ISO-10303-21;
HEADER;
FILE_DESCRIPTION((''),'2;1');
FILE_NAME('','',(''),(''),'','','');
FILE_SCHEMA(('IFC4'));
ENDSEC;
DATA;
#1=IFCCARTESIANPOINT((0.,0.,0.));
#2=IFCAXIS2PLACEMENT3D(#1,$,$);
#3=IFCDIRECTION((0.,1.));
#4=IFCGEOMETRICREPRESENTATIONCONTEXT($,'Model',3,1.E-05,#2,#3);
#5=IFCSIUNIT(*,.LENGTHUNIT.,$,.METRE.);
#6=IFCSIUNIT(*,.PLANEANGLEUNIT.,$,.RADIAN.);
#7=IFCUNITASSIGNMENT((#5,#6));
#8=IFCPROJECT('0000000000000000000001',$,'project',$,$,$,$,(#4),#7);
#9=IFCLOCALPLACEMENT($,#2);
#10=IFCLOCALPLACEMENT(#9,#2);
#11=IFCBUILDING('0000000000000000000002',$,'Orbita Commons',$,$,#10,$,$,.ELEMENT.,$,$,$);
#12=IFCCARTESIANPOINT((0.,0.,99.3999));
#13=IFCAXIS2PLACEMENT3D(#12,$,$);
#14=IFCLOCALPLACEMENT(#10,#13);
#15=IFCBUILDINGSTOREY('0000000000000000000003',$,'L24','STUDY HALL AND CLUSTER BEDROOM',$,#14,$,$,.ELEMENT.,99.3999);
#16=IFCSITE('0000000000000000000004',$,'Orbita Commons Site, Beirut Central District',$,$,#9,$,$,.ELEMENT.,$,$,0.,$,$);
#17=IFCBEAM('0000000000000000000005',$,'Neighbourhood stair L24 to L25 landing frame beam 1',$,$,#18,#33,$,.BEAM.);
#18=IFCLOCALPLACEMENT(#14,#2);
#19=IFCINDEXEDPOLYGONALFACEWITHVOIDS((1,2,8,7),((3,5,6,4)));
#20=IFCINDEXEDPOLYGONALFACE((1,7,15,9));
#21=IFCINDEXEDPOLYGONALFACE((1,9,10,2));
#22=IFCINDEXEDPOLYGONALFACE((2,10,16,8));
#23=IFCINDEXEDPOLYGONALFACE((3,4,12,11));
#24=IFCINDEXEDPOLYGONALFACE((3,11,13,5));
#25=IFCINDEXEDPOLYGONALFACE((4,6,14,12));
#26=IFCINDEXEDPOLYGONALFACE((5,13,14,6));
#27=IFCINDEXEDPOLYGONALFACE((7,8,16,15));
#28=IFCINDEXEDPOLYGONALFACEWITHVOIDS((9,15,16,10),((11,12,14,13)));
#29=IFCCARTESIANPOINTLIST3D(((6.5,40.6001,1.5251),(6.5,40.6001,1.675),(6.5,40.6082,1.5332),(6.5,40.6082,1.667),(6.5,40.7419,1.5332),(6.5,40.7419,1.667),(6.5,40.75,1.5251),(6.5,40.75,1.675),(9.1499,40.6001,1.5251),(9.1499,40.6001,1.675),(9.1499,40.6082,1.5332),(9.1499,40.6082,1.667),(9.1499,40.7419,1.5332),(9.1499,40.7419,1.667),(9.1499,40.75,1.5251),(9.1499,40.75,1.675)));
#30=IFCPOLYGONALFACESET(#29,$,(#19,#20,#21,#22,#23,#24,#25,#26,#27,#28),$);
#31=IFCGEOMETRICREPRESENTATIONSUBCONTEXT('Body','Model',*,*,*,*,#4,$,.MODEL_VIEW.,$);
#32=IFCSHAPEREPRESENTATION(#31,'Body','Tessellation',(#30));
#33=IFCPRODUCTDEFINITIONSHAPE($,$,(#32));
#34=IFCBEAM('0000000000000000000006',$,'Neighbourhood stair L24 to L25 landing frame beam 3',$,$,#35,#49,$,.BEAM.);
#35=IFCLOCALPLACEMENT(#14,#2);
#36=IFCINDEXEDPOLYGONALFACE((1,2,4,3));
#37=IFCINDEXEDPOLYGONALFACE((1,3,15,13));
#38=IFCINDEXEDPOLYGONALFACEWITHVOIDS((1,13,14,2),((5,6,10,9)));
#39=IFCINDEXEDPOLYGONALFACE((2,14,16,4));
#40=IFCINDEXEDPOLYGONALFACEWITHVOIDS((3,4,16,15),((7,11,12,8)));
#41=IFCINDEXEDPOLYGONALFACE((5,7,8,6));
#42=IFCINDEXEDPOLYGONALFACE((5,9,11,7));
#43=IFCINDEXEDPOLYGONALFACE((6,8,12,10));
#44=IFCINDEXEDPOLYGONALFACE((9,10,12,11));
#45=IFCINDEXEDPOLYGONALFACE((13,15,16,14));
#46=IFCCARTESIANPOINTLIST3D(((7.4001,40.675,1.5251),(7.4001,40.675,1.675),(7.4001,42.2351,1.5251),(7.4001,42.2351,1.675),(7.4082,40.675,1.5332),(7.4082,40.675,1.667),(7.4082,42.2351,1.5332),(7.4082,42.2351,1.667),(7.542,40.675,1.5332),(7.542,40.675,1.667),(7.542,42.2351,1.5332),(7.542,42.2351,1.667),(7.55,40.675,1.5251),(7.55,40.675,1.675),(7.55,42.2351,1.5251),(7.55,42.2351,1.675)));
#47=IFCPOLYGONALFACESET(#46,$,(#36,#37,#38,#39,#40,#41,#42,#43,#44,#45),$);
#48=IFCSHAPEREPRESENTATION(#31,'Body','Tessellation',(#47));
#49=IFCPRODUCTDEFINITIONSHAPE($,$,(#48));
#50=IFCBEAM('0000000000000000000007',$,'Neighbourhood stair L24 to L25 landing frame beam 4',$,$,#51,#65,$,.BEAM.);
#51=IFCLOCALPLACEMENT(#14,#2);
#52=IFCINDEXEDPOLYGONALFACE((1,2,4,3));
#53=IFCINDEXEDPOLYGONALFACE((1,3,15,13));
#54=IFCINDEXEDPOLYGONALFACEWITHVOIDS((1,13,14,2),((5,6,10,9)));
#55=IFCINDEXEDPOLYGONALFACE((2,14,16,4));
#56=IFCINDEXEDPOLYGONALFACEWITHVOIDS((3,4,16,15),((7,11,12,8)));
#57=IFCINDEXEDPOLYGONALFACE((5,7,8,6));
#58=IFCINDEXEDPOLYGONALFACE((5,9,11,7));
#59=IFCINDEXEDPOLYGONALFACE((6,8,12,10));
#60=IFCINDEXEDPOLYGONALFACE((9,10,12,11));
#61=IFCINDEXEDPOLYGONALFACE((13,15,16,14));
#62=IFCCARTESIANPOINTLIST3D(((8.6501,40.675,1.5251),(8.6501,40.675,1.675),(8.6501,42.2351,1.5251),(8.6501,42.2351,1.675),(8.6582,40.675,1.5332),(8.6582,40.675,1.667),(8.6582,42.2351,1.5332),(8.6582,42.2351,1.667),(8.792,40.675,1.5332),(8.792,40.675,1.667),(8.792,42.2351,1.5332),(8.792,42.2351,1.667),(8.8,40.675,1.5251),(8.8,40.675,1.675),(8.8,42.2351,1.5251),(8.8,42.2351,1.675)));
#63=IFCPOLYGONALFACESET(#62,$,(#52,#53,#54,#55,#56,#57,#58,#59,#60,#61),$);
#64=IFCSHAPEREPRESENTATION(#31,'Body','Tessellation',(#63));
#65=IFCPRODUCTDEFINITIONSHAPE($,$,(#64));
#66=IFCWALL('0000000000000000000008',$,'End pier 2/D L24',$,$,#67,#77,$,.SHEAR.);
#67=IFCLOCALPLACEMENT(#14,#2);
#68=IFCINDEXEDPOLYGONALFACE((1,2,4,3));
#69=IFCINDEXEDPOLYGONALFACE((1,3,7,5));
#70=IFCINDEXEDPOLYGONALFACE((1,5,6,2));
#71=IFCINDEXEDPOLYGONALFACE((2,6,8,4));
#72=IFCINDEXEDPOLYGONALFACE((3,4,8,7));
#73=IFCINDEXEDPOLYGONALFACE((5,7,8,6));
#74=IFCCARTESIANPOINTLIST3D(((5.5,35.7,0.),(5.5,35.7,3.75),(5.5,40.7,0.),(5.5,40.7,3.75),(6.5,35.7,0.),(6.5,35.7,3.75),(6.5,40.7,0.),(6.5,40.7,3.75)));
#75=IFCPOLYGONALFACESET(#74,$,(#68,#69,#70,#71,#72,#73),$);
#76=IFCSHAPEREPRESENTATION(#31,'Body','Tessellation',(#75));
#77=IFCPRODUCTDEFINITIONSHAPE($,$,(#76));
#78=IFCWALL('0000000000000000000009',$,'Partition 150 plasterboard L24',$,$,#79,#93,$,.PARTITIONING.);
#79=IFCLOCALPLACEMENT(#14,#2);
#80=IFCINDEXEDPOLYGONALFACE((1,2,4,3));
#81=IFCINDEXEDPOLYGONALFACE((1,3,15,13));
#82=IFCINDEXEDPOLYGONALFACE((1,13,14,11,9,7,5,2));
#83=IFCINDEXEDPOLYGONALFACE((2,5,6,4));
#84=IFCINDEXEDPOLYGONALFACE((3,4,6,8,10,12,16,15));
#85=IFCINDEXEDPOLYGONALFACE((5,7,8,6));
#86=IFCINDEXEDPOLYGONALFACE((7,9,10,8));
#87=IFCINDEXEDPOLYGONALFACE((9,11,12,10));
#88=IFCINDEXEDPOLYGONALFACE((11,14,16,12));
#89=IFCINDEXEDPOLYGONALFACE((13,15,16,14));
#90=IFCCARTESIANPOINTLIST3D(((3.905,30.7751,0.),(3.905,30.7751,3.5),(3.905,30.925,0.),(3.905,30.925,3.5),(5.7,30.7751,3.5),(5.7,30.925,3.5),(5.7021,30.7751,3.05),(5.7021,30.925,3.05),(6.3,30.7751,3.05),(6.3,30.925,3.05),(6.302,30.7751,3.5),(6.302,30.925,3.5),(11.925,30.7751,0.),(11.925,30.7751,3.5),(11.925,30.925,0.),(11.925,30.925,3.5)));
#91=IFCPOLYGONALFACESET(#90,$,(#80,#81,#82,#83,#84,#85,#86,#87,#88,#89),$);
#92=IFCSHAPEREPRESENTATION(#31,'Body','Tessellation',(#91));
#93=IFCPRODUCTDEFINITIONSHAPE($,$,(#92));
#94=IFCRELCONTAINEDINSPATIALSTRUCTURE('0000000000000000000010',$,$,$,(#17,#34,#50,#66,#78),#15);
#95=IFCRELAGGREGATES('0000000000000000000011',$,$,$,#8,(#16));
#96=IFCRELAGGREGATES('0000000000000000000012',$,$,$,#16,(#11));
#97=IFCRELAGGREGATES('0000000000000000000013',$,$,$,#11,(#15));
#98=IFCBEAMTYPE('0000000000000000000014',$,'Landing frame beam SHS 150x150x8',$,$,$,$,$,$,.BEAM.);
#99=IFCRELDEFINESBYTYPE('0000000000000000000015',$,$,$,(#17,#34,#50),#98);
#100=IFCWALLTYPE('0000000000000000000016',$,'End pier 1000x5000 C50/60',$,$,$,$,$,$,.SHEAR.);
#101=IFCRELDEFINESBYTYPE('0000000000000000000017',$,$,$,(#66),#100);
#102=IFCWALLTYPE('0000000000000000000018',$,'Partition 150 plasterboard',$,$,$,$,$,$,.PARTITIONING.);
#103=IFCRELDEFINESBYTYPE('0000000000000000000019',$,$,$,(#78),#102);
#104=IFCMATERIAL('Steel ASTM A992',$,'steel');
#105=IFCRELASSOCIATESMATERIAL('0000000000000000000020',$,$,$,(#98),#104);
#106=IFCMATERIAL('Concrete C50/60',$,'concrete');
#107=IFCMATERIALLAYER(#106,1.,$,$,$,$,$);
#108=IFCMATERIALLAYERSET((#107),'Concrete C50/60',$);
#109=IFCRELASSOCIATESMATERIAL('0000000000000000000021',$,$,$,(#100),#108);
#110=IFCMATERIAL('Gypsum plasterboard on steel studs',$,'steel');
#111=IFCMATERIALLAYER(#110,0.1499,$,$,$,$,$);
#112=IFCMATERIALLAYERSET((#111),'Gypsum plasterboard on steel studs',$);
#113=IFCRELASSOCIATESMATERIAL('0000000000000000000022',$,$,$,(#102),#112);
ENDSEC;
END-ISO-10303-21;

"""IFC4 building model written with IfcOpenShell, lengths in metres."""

from ifc_helpers import new_model, si_unit, direction, frame, frame_2d, origin, origin_2d, place, context, subcontext, project, spatial, polyline, rectangle, hollow_rectangle, outline, extrude, material, layer, layer_set, material_profile, profile_set, type_object, element, save


model = new_model("IFC4")

# Units and contexts
model_context = context("Model", 3, precision=1e-05, world=origin(), true_north=direction((0.0, 1.0)))
body_context = subcontext(model_context, "Body", "Model", "MODEL_VIEW")
ifc_project = project(units=[si_unit("LENGTHUNIT", "METRE"), si_unit("PLANEANGLEUNIT", "RADIAN")], contexts=[model_context])

# Site, building, storey
site_placement = place(None, origin())
site = spatial("IfcSite", under=ifc_project, at=site_placement, Name="Orbita Commons Site, Beirut Central District", CompositionType="ELEMENT", RefElevation=0.0)
building_placement = place(site_placement, origin())
building = spatial("IfcBuilding", under=site, at=building_placement, Name="Orbita Commons", CompositionType="ELEMENT")
storey_placement = place(building_placement, frame((0.0, 0.0, 99.3999)))
storey = spatial("IfcBuildingStorey", under=building, at=storey_placement, Name="L24", Description="STUDY HALL AND CLUSTER BEDROOM", CompositionType="ELEMENT", Elevation=99.3999)

# Beams
ifc_material_1 = material(Name="Steel ASTM A992", Category="steel")
ifc_material_profile = material_profile(ifc_material_1, hollow_rectangle(XDim=0.1499, YDim=0.1499, WallThickness=0.0081, at=origin_2d()), Name="SHS 150x150x8")
ifc_profile_set = profile_set([ifc_material_profile], Name="Steel ASTM A992")
beam_type = type_object("IfcBeamType", Name="Landing frame beam SHS 150x150x8", PredefinedType="BEAM", material=ifc_profile_set)
beam_placement = place(storey_placement, frame((6.5, 40.675, 1.6001), z_axis=(1.0, 0.0, 0.0), x_axis=(0.0, 1.0, 0.0)))
element("IfcBeam", 1, at=beam_placement, inside=storey, type_object=beam_type, Name="Neighbourhood stair L24 to L25 landing frame beam 1", PredefinedType="BEAM", context=body_context, shape_type="SweptSolid", body=[
    extrude(hollow_rectangle(XDim=0.1499, YDim=0.1499, WallThickness=0.0081, at=origin_2d()), origin(), (0.0, 0.0, 1.0), 2.6499),
])
for number, where, z_axis, x_axis, name in (
    (2, (7.4751, 40.675, 1.6001), (0.0, 1.0, 0.0), (-1.0, 0.0, 0.0), "Neighbourhood stair L24 to L25 landing frame beam 3"),
    (3, (8.7251, 40.675, 1.6001), (0.0, 1.0, 0.0), (-1.0, 0.0, 0.0), "Neighbourhood stair L24 to L25 landing frame beam 4"),
):
    element("IfcBeam", number, at=place(storey_placement, frame(where, z_axis=z_axis, x_axis=x_axis)), inside=storey, type_object=beam_type, Name=name, PredefinedType="BEAM", context=body_context, shape_type="SweptSolid", body=[
        extrude(hollow_rectangle(XDim=0.1499, YDim=0.1499, WallThickness=0.0081, at=origin_2d()), origin(), (0.0, 0.0, 1.0), 1.5601),
    ])

# Walls
ifc_material_2 = material(Name="Concrete C50/60", Category="concrete")
ifc_layer_1 = layer(ifc_material_2, 1.0)
ifc_layer_set_1 = layer_set([ifc_layer_1], Name="Concrete C50/60")
wall_type_1 = type_object("IfcWallType", Name="End pier 1000x5000 C50/60", PredefinedType="SHEAR", material=ifc_layer_set_1)
wall_1_placement = place(storey_placement, frame((6.0, 35.7, 0.0), z_axis=(0.0, 0.0, 1.0), x_axis=(0.0, 1.0, 0.0)))
element("IfcWall", 4, at=wall_1_placement, inside=storey, type_object=wall_type_1, Name="End pier 2/D L24", PredefinedType="SHEAR", context=body_context, shape_type="SweptSolid", body=[
    extrude(rectangle(XDim=5.0, YDim=1.0, at=frame_2d((2.5, 0.0))), origin(), (0.0, 0.0, 1.0), 3.75),
])
ifc_material_3 = material(Name="Gypsum plasterboard on steel studs", Category="steel")
ifc_layer_2 = layer(ifc_material_3, 0.1499)
ifc_layer_set_2 = layer_set([ifc_layer_2], Name="Gypsum plasterboard on steel studs")
wall_type_2 = type_object("IfcWallType", Name="Partition 150 plasterboard", PredefinedType="PARTITIONING", material=ifc_layer_set_2)
wall_2_placement = place(storey_placement, frame((3.905, 30.8501, 0.0), z_axis=(0.0, 0.0, 1.0), x_axis=(1.0, 0.0, 0.0)))
element("IfcWall", 5, at=wall_2_placement, inside=storey, type_object=wall_type_2, Name="Partition 150 plasterboard L24", PredefinedType="PARTITIONING", context=body_context, shape_type="SweptSolid", body=[
    extrude(outline(polyline([(0.0, 0.0), (8.02, 0.0), (8.02, 3.5), (2.397, 3.5), (2.395, 3.05), (1.7971, 3.05), (1.7949, 3.5), (0.0, 3.5), (0.0, 0.0)])), frame((0.0, 0.075, 0.0), z_axis=(0.0, -1.0, 0.0), x_axis=(1.0, 0.0, 0.0)), (0.0, 0.0, 1.0), 0.1499),
])

save(model, "model.ifc")
